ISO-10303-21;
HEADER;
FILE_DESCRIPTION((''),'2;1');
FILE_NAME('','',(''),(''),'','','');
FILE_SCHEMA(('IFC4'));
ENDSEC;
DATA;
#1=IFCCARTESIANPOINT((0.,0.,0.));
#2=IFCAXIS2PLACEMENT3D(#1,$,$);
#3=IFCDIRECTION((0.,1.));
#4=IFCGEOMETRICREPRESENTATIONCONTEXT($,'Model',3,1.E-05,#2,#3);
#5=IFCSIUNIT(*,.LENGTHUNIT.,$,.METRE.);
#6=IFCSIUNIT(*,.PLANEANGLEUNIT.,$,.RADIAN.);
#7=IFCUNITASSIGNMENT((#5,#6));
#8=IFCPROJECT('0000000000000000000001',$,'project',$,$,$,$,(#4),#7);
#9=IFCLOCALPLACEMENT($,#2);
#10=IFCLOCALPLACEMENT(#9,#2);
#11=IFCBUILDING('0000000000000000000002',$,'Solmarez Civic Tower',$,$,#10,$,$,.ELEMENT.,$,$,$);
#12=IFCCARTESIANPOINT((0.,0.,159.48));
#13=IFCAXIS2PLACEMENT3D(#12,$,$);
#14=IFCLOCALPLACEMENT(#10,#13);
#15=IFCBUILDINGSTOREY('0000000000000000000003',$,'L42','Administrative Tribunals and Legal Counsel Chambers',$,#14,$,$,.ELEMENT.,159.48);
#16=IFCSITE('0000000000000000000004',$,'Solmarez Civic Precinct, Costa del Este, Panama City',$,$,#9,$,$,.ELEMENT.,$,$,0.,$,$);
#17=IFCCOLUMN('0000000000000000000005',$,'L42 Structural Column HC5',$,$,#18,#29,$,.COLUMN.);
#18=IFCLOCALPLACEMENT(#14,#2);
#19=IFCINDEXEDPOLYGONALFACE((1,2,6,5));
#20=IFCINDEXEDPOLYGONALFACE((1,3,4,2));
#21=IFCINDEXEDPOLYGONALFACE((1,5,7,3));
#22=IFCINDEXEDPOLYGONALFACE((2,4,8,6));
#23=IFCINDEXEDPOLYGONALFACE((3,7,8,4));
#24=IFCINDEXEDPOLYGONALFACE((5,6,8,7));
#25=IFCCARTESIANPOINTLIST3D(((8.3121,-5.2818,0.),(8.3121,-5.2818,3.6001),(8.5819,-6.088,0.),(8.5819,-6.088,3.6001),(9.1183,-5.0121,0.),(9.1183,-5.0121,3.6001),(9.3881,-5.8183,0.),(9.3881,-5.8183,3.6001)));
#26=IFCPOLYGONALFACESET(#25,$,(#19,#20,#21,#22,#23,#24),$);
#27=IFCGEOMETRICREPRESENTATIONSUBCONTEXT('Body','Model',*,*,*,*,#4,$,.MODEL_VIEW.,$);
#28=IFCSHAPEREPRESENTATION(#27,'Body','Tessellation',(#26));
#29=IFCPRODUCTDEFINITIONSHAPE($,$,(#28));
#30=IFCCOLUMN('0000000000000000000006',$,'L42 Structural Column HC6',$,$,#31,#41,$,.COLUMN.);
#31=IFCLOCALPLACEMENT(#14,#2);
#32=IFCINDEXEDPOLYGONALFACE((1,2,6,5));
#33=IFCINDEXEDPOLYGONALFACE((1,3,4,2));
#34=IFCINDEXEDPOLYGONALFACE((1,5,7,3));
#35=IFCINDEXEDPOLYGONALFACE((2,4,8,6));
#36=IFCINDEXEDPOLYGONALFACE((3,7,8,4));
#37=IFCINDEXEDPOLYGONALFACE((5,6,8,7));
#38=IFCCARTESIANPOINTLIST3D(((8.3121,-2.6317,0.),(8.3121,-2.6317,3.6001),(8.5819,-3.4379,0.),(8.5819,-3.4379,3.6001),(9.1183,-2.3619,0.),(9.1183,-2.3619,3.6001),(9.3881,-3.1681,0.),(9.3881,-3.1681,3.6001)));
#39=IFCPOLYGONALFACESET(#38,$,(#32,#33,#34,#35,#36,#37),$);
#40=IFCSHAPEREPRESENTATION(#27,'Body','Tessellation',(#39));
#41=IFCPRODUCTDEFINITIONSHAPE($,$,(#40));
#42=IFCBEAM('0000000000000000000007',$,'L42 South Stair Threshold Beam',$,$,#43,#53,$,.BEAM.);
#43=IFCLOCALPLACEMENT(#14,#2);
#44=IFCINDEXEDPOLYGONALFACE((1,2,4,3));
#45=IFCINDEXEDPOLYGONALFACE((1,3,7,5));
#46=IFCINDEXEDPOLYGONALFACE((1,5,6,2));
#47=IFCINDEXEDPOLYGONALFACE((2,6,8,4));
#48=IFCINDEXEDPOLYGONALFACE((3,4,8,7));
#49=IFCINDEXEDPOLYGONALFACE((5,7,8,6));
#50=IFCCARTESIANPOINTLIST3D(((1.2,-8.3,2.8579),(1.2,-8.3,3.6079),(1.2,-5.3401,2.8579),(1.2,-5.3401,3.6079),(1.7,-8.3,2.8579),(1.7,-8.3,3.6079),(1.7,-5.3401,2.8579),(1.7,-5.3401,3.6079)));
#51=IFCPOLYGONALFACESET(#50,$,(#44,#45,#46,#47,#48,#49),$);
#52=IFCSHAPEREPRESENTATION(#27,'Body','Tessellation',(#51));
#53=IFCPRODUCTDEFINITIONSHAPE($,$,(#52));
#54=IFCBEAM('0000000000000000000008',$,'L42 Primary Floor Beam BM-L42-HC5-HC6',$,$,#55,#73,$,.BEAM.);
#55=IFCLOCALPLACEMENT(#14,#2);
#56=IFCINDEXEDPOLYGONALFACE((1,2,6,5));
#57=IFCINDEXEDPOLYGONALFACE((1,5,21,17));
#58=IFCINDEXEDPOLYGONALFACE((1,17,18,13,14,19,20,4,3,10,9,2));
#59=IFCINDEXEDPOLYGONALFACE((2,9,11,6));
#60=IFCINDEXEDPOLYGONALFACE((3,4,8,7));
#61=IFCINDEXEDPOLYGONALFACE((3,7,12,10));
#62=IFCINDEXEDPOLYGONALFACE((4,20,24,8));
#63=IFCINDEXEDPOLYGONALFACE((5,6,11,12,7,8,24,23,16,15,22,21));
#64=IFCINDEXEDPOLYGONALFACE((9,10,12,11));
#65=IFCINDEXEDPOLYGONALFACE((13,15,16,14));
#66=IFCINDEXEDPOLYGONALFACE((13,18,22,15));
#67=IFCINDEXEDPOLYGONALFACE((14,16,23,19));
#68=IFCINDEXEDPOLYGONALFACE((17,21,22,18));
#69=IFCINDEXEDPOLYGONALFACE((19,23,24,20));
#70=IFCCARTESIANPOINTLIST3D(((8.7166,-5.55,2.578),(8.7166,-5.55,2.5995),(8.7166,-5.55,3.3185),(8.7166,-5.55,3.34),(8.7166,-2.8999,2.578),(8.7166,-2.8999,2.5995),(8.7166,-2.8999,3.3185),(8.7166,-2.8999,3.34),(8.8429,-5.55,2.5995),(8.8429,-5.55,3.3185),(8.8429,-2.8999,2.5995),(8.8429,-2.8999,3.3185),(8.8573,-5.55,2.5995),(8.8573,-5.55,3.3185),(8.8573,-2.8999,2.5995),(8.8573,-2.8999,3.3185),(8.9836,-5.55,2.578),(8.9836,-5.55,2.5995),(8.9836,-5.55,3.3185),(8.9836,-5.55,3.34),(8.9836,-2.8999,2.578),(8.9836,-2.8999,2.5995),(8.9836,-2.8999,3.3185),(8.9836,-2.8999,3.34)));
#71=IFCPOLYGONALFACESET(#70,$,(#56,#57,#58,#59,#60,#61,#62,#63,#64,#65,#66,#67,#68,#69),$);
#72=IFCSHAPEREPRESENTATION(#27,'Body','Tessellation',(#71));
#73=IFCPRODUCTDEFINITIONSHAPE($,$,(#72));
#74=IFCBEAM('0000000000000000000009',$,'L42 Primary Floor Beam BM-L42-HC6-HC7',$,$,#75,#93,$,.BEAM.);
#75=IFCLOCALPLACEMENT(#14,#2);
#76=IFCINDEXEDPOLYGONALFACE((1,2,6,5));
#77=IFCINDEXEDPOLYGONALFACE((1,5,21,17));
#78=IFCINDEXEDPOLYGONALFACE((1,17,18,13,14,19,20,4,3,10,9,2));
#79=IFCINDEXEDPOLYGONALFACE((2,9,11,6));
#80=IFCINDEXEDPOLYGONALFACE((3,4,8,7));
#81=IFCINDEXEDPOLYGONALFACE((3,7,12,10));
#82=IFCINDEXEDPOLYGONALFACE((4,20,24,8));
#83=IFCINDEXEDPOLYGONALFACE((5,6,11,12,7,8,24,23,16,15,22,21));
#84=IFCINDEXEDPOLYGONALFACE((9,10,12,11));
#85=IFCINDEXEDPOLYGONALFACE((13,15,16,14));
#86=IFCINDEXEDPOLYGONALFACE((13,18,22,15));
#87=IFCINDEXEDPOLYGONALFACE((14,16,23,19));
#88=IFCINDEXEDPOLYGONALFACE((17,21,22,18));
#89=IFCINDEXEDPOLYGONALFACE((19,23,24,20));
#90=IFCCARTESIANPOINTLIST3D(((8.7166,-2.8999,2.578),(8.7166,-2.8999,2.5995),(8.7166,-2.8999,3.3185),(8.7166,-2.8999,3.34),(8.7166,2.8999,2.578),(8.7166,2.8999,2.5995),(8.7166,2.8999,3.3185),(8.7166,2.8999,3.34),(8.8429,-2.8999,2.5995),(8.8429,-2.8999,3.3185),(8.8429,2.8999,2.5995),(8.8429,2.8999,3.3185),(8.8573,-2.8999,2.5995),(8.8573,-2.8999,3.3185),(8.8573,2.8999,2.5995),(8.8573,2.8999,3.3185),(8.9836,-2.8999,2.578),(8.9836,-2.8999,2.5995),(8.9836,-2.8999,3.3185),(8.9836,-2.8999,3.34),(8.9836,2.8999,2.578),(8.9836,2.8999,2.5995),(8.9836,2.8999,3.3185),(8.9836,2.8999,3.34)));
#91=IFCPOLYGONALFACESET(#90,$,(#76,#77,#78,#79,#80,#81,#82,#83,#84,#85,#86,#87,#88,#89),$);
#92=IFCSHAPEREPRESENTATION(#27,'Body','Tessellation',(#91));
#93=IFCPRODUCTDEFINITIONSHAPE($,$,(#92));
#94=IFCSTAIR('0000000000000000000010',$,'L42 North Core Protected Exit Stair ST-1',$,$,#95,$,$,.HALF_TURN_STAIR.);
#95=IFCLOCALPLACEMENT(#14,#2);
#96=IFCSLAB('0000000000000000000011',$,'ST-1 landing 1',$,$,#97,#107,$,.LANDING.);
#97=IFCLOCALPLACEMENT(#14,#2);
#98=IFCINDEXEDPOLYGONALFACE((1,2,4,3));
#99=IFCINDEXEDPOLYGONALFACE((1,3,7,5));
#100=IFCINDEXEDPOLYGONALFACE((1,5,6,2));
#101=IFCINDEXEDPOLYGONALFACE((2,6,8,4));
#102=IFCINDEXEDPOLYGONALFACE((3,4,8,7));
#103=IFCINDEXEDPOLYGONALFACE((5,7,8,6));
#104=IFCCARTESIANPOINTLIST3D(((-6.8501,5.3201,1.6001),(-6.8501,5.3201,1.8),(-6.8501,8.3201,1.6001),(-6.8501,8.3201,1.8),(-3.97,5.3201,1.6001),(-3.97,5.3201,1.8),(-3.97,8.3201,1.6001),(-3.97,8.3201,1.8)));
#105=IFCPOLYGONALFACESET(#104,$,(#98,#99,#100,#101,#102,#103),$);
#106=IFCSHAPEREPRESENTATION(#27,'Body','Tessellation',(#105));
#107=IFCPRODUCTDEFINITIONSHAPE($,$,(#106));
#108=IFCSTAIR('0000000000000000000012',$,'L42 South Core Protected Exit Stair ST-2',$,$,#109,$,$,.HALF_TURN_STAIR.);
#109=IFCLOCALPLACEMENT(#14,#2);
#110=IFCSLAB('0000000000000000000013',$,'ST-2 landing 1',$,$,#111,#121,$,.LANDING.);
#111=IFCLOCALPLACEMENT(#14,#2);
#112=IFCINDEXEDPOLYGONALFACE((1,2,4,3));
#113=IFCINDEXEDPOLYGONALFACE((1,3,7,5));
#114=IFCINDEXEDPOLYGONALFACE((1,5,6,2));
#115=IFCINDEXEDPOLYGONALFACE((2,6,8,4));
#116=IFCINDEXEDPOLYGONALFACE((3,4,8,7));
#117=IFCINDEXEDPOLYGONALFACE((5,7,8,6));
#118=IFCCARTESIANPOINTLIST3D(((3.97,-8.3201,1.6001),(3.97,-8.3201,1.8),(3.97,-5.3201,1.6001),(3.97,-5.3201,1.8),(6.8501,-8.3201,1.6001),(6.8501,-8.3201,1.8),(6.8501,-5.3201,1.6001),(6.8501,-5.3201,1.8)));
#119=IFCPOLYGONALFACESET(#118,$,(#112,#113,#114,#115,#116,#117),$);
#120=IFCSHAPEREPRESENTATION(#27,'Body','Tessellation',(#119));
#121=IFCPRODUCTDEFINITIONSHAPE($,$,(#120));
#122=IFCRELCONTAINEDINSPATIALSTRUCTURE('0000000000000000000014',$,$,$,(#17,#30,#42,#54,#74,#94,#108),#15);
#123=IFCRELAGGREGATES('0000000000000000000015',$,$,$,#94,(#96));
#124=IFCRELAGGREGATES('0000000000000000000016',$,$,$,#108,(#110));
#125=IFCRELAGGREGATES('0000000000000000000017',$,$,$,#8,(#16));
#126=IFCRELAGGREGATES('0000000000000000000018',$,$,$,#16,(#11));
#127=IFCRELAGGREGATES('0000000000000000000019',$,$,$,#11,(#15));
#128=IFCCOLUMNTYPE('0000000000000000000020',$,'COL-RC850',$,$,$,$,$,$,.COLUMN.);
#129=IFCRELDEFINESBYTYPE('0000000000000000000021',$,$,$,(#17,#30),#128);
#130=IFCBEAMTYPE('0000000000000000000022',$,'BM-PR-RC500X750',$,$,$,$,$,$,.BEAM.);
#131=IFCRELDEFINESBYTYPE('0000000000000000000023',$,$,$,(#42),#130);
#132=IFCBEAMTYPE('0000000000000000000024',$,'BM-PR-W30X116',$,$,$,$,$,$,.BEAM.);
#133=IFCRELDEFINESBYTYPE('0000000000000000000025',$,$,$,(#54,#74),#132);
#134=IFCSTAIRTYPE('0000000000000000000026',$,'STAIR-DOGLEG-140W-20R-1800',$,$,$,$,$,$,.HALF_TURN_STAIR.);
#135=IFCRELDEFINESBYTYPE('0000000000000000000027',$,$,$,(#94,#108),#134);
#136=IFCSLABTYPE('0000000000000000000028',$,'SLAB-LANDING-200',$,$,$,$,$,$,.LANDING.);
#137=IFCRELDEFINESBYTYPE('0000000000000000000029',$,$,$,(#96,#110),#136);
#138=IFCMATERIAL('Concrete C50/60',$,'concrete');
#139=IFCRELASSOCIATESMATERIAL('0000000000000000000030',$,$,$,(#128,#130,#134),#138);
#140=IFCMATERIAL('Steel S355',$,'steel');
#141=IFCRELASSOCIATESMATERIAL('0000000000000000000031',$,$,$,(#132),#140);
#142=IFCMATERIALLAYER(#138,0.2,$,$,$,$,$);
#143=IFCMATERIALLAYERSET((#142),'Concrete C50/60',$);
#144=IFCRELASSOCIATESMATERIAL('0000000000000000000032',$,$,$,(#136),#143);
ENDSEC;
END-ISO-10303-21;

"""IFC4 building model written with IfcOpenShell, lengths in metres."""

from ifc_helpers import new_model, si_unit, direction, frame, origin, origin_2d, place, context, subcontext, project, spatial, polyline, rectangle, i_section, outline, extrude, material, layer, layer_set, material_profile, profile_set, type_object, element, aggregate, save


model = new_model("IFC4")

# Units and contexts
model_context = context("Model", 3, precision=1e-05, world=origin(), true_north=direction((0.0, 1.0)))
body_context = subcontext(model_context, "Body", "Model", "MODEL_VIEW")
ifc_project = project(units=[si_unit("LENGTHUNIT", "METRE"), si_unit("PLANEANGLEUNIT", "RADIAN")], contexts=[model_context])

# Site, building, storey
site_placement = place(None, origin())
site = spatial("IfcSite", under=ifc_project, at=site_placement, Name="Solmarez Civic Precinct, Costa del Este, Panama City", CompositionType="ELEMENT", RefElevation=0.0)
building_placement = place(site_placement, origin())
building = spatial("IfcBuilding", under=site, at=building_placement, Name="Solmarez Civic Tower", CompositionType="ELEMENT")
storey_placement = place(building_placement, frame((0.0, 0.0, 159.48)))
storey = spatial("IfcBuildingStorey", under=building, at=storey_placement, Name="L42", Description="Administrative Tribunals and Legal Counsel Chambers", CompositionType="ELEMENT", Elevation=159.48)

# Columns
ifc_material_1 = material(Name="Concrete C50/60", Category="concrete")
ifc_material_profile_1 = material_profile(ifc_material_1, rectangle(XDim=0.8501, YDim=0.8501, at=origin_2d()), Name="RC850X850")
ifc_profile_set_1 = profile_set([ifc_material_profile_1], Name="Concrete C50/60")
column_type = type_object("IfcColumnType", Name="COL-RC850", PredefinedType="COLUMN", material=ifc_profile_set_1)
for number, where, z_axis, x_axis, name in (
    (1, (8.8501, -5.55, 0.0), (0.0, 0.0, 1.0), (0.948324, 0.317305, 0.0), "L42 Structural Column HC5"),
    (2, (8.8501, -2.8999, 0.0), (0.0, 0.0, 1.0), (0.948324, 0.317305, 0.0), "L42 Structural Column HC6"),
):
    element("IfcColumn", number, at=place(storey_placement, frame(where, z_axis=z_axis, x_axis=x_axis)), inside=storey, type_object=column_type, Name=name, PredefinedType="COLUMN", context=body_context, shape_type="SweptSolid", body=[
        extrude(rectangle(XDim=0.8501, YDim=0.8501, at=origin_2d()), origin(), (0.0, 0.0, 1.0), 3.6001),
    ])

# Beams
ifc_material_profile_2 = material_profile(ifc_material_1, rectangle(XDim=0.5, YDim=0.75, at=origin_2d()), Name="RC500X750")
ifc_profile_set_2 = profile_set([ifc_material_profile_2], Name="Concrete C50/60")
beam_type_1 = type_object("IfcBeamType", Name="BM-PR-RC500X750", PredefinedType="BEAM", material=ifc_profile_set_2)
beam_1_placement = place(storey_placement, frame((1.45, -8.3, 3.2329), z_axis=(0.0, 1.0, 0.0), x_axis=(-1.0, 0.0, 0.0)))
element("IfcBeam", 3, at=beam_1_placement, inside=storey, type_object=beam_type_1, Name="L42 South Stair Threshold Beam", PredefinedType="BEAM", context=body_context, shape_type="SweptSolid", body=[
    extrude(rectangle(XDim=0.5, YDim=0.75, at=origin_2d()), origin(), (0.0, 0.0, 1.0), 2.96),
])
ifc_material_2 = material(Name="Steel S355", Category="steel")
ifc_material_profile_3 = material_profile(ifc_material_2, i_section(OverallWidth=0.2671, OverallDepth=0.762, WebThickness=0.0144, FlangeThickness=0.0215, at=origin_2d()), Name="W30X116")
ifc_profile_set_3 = profile_set([ifc_material_profile_3], Name="Steel S355")
beam_type_2 = type_object("IfcBeamType", Name="BM-PR-W30X116", PredefinedType="BEAM", material=ifc_profile_set_3)
beam_2_placement = place(storey_placement, frame((8.8501, -5.55, 2.959), z_axis=(0.0, 1.0, 0.0), x_axis=(-1.0, 0.0, 0.0)))
element("IfcBeam", 4, at=beam_2_placement, inside=storey, type_object=beam_type_2, Name="L42 Primary Floor Beam BM-L42-HC5-HC6", PredefinedType="BEAM", context=body_context, shape_type="SweptSolid", body=[
    extrude(i_section(OverallWidth=0.2671, OverallDepth=0.762, WebThickness=0.0144, FlangeThickness=0.0215, at=origin_2d()), origin(), (0.0, 0.0, 1.0), 2.6501),
])
beam_3_placement = place(storey_placement, frame((8.8501, -2.8999, 2.959), z_axis=(0.0, 1.0, 0.0), x_axis=(-1.0, 0.0, 0.0)))
element("IfcBeam", 5, at=beam_3_placement, inside=storey, type_object=beam_type_2, Name="L42 Primary Floor Beam BM-L42-HC6-HC7", PredefinedType="BEAM", context=body_context, shape_type="SweptSolid", body=[
    extrude(i_section(OverallWidth=0.2671, OverallDepth=0.762, WebThickness=0.0144, FlangeThickness=0.0215, at=origin_2d()), origin(), (0.0, 0.0, 1.0), 5.7998),
])

# Stairs, slabs
stair_type = type_object("IfcStairType", Name="STAIR-DOGLEG-140W-20R-1800", PredefinedType="HALF_TURN_STAIR", material=ifc_material_1)
stair_1_placement = place(storey_placement, origin())
stair_1 = element("IfcStair", 6, at=stair_1_placement, inside=storey, type_object=stair_type, Name="L42 North Core Protected Exit Stair ST-1", PredefinedType="HALF_TURN_STAIR")
ifc_layer_1 = layer(ifc_material_1, 0.2)
ifc_layer_set_1 = layer_set([ifc_layer_1], Name="Concrete C50/60")
slab_type_1 = type_object("IfcSlabType", Name="SLAB-LANDING-200", PredefinedType="LANDING", material=ifc_layer_set_1)
slab_1_placement = place(storey_placement, frame((0.0, 0.0, 1.6001)))
slab_1 = element("IfcSlab", 7, at=slab_1_placement, type_object=slab_type_1, Name="ST-1 landing 1", PredefinedType="LANDING", context=body_context, shape_type="SweptSolid", body=[
    extrude(outline(polyline([(-3.97, 8.3201), (-6.8501, 8.3201), (-6.8501, 5.3201), (-3.97, 5.3201), (-3.97, 8.3201)])), origin(), (0.0, 0.0, 1.0), 0.2),
])
aggregate(stair_1, [slab_1])
stair_2_placement = place(storey_placement, origin())
stair_2 = element("IfcStair", 8, at=stair_2_placement, inside=storey, type_object=stair_type, Name="L42 South Core Protected Exit Stair ST-2", PredefinedType="HALF_TURN_STAIR")
slab_2_placement = place(storey_placement, frame((0.0, 0.0, 1.6001)))
slab_2 = element("IfcSlab", 9, at=slab_2_placement, type_object=slab_type_1, Name="ST-2 landing 1", PredefinedType="LANDING", context=body_context, shape_type="SweptSolid", body=[
    extrude(outline(polyline([(3.97, -8.3201), (6.8501, -8.3201), (6.8501, -5.3201), (3.97, -5.3201), (3.97, -8.3201)])), origin(), (0.0, 0.0, 1.0), 0.2),
])

aggregate(stair_2, [slab_2])

save(model, "model.ifc")
